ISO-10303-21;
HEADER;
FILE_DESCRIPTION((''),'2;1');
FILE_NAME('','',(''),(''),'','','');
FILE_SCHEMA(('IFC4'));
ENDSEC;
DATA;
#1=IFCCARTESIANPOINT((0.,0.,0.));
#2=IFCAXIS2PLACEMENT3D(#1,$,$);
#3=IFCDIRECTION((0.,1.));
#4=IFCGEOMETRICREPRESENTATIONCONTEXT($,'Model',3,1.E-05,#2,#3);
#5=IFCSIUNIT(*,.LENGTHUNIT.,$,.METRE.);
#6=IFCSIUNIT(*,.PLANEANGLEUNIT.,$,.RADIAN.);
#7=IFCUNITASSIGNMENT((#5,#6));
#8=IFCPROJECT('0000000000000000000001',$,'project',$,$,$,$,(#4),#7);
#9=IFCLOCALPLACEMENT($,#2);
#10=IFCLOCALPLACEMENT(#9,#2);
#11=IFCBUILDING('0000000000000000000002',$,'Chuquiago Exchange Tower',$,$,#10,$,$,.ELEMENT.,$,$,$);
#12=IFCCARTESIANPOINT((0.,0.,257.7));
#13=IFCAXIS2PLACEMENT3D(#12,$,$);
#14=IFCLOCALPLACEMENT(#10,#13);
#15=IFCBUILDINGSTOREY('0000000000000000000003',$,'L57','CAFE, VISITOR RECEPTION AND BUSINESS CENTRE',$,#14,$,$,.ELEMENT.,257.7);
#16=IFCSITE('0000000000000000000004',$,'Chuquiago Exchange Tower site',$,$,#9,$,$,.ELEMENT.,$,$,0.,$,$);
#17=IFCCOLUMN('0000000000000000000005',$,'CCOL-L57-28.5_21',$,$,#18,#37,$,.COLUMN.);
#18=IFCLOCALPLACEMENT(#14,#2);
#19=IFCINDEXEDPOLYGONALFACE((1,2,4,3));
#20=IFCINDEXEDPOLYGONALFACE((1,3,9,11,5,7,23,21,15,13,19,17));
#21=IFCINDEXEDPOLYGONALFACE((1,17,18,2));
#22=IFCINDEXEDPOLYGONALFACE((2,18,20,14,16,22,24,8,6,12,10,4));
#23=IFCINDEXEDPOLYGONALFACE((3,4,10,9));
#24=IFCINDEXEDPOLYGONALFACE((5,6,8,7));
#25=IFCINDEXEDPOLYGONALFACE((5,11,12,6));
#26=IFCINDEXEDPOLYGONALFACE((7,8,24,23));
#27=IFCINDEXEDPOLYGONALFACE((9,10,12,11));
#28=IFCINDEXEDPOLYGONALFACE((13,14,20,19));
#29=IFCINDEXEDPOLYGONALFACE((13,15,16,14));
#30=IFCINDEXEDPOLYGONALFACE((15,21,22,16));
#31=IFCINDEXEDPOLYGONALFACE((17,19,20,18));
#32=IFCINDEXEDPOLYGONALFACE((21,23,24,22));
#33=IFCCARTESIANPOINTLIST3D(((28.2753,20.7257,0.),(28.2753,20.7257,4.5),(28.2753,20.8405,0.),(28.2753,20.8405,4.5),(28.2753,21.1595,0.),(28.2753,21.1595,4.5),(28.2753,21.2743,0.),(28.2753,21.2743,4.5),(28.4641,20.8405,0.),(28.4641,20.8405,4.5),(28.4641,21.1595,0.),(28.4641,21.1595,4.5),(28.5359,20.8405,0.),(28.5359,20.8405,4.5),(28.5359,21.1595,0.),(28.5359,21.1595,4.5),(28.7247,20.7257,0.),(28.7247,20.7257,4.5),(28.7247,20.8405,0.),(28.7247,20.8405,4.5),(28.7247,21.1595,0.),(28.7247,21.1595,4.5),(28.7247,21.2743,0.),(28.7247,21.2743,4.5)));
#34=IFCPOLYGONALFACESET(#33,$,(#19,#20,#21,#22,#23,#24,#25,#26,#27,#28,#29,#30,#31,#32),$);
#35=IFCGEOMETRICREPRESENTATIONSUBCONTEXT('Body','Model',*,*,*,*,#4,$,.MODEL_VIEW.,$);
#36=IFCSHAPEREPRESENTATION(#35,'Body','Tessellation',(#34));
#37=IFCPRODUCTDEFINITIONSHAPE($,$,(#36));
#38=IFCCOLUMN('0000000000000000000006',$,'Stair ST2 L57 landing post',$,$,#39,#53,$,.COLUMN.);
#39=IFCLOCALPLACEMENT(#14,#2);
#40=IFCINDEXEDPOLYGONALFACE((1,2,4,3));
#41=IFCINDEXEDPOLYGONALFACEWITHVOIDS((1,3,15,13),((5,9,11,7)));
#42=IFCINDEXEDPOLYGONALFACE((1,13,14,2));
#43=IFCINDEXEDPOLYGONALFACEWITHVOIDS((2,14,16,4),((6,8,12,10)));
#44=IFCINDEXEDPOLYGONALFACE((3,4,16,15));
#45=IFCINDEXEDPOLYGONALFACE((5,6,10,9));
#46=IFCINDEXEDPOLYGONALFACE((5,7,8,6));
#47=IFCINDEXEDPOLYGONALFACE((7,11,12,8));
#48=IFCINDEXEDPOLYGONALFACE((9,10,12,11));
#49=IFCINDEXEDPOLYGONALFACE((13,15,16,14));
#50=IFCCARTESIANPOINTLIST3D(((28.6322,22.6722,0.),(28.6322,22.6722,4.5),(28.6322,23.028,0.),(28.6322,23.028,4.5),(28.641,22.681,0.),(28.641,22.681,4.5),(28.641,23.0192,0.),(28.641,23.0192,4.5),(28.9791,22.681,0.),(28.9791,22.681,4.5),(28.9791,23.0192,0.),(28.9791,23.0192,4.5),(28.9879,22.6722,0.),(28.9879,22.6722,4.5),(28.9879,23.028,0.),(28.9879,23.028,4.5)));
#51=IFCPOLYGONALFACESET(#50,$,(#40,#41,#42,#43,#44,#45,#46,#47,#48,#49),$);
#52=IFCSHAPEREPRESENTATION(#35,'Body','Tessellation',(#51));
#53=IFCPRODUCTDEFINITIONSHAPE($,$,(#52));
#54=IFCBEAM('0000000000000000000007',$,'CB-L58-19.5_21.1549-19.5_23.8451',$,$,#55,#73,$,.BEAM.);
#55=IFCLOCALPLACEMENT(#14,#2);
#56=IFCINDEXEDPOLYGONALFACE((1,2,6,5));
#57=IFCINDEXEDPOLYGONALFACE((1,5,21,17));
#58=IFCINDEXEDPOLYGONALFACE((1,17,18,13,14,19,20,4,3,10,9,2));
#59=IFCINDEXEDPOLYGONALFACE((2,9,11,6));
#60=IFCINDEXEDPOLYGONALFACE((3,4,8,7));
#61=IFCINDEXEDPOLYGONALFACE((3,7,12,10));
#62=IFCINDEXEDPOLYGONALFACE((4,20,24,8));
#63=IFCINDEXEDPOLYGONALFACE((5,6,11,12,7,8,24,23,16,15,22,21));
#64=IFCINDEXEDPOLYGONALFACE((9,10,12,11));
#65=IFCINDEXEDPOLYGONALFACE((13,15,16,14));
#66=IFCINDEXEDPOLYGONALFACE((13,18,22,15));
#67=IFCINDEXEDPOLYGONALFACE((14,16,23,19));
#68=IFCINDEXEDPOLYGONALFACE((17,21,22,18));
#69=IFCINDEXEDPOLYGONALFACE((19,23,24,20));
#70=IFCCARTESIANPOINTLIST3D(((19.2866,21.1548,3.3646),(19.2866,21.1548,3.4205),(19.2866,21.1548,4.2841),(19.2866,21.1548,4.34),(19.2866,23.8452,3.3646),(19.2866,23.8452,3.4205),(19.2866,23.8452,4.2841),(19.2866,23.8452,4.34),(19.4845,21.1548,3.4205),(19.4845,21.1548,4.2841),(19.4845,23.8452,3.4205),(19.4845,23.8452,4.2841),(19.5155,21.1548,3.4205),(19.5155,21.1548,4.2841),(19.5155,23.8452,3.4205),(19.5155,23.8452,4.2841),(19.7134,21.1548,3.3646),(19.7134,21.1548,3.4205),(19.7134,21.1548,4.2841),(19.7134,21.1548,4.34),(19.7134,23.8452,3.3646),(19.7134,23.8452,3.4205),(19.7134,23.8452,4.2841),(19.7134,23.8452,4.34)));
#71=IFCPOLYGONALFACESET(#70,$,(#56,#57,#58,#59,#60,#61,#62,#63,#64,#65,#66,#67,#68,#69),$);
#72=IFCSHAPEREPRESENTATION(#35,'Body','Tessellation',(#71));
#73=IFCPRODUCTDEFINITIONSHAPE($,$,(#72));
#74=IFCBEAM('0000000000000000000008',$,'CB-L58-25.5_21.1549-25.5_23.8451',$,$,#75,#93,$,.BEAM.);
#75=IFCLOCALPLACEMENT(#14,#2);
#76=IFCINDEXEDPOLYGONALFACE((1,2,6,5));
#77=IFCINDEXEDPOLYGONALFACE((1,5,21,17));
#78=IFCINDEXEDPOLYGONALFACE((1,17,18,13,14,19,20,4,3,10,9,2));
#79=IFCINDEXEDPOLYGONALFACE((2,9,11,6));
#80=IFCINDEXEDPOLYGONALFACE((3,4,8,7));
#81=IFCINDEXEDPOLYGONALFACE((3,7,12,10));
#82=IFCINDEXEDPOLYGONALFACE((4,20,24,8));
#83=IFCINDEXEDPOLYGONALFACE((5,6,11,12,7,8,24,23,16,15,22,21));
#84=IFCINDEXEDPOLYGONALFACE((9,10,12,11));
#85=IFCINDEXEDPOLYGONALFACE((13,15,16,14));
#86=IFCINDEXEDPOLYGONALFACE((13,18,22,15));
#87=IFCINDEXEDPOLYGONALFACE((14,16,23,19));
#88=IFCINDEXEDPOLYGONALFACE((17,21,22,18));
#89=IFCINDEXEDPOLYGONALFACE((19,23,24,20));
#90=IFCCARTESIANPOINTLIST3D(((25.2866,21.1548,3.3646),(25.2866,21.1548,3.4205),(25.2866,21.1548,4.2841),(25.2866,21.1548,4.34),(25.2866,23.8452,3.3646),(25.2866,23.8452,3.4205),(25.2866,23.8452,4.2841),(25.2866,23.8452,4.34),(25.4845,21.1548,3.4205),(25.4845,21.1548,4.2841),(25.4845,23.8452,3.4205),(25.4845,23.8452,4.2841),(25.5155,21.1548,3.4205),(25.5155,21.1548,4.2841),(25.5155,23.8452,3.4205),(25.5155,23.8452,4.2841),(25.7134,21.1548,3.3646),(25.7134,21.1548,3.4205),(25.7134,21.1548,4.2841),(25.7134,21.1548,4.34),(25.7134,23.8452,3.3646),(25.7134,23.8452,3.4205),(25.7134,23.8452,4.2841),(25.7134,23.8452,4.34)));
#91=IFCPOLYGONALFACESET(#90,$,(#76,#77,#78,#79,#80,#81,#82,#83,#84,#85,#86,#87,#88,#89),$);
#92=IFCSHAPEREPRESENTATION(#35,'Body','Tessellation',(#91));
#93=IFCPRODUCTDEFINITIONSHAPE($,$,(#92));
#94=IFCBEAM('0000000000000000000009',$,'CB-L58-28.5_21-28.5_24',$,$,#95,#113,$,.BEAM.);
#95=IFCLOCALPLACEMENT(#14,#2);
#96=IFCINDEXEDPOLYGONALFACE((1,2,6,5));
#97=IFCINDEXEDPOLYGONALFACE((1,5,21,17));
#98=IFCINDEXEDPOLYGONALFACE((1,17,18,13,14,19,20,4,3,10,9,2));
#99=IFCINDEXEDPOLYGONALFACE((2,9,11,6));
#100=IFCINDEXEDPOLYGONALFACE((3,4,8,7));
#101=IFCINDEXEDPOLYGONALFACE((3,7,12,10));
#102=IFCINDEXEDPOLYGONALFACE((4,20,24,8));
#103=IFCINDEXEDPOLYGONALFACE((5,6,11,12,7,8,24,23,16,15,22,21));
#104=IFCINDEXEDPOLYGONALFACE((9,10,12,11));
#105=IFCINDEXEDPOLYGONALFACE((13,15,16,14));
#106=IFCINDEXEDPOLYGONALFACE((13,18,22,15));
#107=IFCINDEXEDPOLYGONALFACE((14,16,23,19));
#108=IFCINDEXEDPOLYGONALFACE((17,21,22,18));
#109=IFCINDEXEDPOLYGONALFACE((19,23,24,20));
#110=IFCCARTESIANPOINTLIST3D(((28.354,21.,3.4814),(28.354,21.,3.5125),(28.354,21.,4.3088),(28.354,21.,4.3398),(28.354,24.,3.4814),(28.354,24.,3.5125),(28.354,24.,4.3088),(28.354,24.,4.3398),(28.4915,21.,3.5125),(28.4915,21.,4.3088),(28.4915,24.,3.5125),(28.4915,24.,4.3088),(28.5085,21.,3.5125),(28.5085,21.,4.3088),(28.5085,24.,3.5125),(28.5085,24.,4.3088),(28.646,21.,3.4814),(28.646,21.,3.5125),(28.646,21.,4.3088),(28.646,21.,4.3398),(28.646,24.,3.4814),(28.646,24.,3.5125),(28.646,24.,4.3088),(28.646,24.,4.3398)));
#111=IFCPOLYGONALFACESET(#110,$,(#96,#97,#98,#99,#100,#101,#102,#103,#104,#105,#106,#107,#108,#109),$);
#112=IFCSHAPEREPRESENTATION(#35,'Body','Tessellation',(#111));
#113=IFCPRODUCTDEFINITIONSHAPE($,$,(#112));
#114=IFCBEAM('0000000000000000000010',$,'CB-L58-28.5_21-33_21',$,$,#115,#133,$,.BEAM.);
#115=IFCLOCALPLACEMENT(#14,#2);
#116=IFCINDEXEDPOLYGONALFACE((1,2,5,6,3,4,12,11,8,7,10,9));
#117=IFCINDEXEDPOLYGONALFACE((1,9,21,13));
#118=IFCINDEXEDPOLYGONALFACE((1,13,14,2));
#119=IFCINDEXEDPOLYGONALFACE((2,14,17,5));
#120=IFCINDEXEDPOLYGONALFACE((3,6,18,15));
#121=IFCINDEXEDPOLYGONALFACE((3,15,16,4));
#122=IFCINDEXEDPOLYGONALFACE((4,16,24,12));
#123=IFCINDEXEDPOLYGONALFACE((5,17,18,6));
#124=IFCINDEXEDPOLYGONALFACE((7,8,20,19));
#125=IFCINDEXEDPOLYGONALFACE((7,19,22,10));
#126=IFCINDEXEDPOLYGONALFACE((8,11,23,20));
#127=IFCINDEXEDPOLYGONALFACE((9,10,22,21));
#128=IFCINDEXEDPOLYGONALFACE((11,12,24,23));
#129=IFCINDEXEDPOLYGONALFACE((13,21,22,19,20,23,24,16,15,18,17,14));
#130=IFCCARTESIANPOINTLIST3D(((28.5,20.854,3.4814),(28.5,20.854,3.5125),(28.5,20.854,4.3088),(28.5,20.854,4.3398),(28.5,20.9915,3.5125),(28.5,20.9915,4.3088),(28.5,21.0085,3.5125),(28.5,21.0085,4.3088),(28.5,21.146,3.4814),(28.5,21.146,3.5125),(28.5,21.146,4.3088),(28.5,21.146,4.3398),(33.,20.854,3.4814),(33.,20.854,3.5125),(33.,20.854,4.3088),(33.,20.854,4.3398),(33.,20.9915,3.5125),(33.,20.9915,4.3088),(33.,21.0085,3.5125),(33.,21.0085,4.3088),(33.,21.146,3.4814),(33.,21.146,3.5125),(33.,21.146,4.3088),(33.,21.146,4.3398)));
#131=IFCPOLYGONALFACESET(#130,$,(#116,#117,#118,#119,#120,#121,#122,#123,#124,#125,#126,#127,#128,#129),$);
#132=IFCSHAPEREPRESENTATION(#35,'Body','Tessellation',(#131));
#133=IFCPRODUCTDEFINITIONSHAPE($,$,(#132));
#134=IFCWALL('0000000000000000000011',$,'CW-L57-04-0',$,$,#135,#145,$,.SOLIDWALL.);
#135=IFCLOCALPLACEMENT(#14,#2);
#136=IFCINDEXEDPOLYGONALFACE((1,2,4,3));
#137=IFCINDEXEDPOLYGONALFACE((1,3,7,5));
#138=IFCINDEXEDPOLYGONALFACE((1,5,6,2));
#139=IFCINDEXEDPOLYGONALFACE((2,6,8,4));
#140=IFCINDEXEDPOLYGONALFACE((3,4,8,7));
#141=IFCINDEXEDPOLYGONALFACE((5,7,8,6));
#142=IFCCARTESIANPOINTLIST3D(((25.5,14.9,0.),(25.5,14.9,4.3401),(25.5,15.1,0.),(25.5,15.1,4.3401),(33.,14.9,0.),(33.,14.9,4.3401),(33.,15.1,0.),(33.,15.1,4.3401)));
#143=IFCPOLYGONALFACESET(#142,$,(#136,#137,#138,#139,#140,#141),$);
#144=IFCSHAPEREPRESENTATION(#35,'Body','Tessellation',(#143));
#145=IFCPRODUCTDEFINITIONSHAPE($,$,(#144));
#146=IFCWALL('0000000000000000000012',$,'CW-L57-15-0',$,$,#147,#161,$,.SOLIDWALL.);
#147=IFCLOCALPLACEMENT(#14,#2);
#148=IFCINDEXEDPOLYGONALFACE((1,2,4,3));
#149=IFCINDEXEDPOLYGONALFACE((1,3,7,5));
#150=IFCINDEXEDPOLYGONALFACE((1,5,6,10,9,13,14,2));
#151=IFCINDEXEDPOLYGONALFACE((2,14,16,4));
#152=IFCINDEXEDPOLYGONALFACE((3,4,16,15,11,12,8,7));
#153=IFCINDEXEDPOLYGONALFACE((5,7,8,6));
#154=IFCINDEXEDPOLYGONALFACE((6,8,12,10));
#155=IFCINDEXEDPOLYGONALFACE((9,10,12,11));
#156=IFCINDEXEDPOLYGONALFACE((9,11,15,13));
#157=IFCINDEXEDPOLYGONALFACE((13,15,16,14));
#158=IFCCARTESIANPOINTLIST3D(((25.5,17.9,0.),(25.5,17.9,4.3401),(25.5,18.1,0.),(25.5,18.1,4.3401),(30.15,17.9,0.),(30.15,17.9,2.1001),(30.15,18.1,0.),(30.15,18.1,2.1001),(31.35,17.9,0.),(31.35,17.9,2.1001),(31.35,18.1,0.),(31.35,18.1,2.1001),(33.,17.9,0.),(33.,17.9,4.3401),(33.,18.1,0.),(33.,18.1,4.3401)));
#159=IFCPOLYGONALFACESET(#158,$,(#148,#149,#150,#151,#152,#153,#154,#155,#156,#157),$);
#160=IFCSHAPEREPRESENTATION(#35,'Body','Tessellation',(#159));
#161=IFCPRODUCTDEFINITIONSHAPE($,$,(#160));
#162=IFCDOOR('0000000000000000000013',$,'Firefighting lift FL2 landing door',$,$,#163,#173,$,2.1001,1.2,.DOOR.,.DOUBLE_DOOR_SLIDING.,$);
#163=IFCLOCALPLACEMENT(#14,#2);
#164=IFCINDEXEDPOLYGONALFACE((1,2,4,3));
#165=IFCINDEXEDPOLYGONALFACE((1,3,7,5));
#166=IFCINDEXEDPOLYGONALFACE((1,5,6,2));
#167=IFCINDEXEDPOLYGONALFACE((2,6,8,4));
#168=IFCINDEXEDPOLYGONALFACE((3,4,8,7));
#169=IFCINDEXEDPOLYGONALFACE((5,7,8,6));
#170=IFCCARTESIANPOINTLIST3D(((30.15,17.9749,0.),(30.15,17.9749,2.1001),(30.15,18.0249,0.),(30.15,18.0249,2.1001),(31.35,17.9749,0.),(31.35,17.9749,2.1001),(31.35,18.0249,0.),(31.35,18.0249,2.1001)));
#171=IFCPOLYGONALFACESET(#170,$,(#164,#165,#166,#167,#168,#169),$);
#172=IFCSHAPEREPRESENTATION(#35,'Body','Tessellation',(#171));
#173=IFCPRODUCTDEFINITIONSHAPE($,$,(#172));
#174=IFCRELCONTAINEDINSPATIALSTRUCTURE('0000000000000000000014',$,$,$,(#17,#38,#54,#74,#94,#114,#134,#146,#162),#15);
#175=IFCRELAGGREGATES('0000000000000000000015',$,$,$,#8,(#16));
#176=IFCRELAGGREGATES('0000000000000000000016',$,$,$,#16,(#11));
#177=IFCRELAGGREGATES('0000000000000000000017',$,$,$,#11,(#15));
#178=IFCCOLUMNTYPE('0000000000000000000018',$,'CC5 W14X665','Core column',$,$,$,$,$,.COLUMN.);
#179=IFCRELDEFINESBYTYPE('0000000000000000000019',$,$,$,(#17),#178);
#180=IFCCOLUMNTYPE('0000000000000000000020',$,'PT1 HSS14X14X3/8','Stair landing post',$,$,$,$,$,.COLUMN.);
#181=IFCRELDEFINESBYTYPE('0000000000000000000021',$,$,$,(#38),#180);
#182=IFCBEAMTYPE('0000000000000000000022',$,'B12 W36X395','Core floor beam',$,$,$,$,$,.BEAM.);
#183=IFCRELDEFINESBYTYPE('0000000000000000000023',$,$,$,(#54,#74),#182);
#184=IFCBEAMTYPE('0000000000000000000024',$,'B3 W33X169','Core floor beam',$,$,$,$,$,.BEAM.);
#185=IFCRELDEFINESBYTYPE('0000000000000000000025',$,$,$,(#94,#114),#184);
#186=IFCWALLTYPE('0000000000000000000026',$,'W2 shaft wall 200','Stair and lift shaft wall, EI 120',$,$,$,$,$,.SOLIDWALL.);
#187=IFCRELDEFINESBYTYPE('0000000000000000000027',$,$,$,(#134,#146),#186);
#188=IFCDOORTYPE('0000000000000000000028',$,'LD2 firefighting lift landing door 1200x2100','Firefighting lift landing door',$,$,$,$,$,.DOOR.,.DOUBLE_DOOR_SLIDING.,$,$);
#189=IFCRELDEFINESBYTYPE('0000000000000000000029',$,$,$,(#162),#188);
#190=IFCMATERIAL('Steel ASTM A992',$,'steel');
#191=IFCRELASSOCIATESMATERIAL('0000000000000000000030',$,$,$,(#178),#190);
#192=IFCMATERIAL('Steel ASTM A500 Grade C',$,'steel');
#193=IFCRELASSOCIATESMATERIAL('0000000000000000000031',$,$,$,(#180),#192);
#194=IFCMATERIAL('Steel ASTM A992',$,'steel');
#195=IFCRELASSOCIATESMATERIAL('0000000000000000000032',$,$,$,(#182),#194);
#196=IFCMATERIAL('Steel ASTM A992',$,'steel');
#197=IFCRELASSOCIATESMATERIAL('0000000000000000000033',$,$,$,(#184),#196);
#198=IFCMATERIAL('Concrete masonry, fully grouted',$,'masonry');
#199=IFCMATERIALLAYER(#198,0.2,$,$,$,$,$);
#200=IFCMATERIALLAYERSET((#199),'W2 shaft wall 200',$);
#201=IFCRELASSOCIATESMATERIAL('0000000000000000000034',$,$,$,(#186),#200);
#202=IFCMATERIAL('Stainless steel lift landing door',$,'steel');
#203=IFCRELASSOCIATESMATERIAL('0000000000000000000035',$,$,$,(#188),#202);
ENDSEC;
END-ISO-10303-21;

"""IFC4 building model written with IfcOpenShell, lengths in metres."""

from ifc_helpers import new_model, si_unit, direction, frame, frame_2d, origin, origin_2d, place, context, subcontext, project, spatial, rectangle, hollow_rectangle, i_section, extrude, material, layer, layer_set, material_profile, profile_set, type_object, element, fill, save


model = new_model("IFC4")

# Units and contexts
model_context = context("Model", 3, precision=1e-05, world=origin(), true_north=direction((0.0, 1.0)))
body_context = subcontext(model_context, "Body", "Model", "MODEL_VIEW")
ifc_project = project(units=[si_unit("LENGTHUNIT", "METRE"), si_unit("PLANEANGLEUNIT", "RADIAN")], contexts=[model_context])

# Site, building, storey
site_placement = place(None, origin())
site = spatial("IfcSite", under=ifc_project, at=site_placement, Name="Chuquiago Exchange Tower site", CompositionType="ELEMENT", RefElevation=0.0)
building_placement = place(site_placement, origin())
building = spatial("IfcBuilding", under=site, at=building_placement, Name="Chuquiago Exchange Tower", CompositionType="ELEMENT")
storey_placement = place(building_placement, frame((0.0, 0.0, 257.7)))
storey = spatial("IfcBuildingStorey", under=building, at=storey_placement, Name="L57", Description="CAFE, VISITOR RECEPTION AND BUSINESS CENTRE", CompositionType="ELEMENT", Elevation=257.7)

# Columns
ifc_material_1 = material(Name="Steel ASTM A992", Category="steel")
ifc_material_profile_1 = material_profile(ifc_material_1, i_section(OverallWidth=0.4495, OverallDepth=0.5486, WebThickness=0.0718, FlangeThickness=0.1147, at=origin_2d()), Name="W14X665")
ifc_profile_set_1 = profile_set([ifc_material_profile_1], Name="Steel ASTM A992")
column_type_1 = type_object("IfcColumnType", Name="CC5 W14X665", Description="Core column", PredefinedType="COLUMN", material=ifc_profile_set_1)
column_1_placement = place(storey_placement, frame((28.5, 21.0, 0.0), z_axis=(0.0, 0.0, 1.0), x_axis=(1.0, 0.0, 0.0)))
element("IfcColumn", 1, at=column_1_placement, inside=storey, type_object=column_type_1, Name="CCOL-L57-28.5_21", PredefinedType="COLUMN", context=body_context, shape_type="SweptSolid", body=[
    extrude(i_section(OverallWidth=0.4495, OverallDepth=0.5486, WebThickness=0.0718, FlangeThickness=0.1147, at=origin_2d()), origin(), (0.0, 0.0, 1.0), 4.5),
])
ifc_material_2 = material(Name="Steel ASTM A500 Grade C", Category="steel")
ifc_material_profile_2 = material_profile(ifc_material_2, hollow_rectangle(XDim=0.3557, YDim=0.3557, WallThickness=0.0088, at=origin_2d()), Name="HSS14X14X3/8")
ifc_profile_set_2 = profile_set([ifc_material_profile_2], Name="Steel ASTM A500 Grade C")
column_type_2 = type_object("IfcColumnType", Name="PT1 HSS14X14X3/8", Description="Stair landing post", PredefinedType="COLUMN", material=ifc_profile_set_2)
column_2_placement = place(storey_placement, frame((28.8101, 22.8501, 0.0), z_axis=(0.0, 0.0, 1.0), x_axis=(1.0, 0.0, 0.0)))
element("IfcColumn", 2, at=column_2_placement, inside=storey, type_object=column_type_2, Name="Stair ST2 L57 landing post", PredefinedType="COLUMN", context=body_context, shape_type="SweptSolid", body=[
    extrude(hollow_rectangle(XDim=0.3557, YDim=0.3557, WallThickness=0.0088, at=origin_2d()), origin(), (0.0, 0.0, 1.0), 4.5),
])

# Beams
ifc_material_3 = material(Name="Steel ASTM A992", Category="steel")
ifc_material_profile_3 = material_profile(ifc_material_3, i_section(OverallWidth=0.4268, OverallDepth=0.9753, WebThickness=0.031, FlangeThickness=0.0559, at=origin_2d()), Name="W36X395")
ifc_profile_set_3 = profile_set([ifc_material_profile_3], Name="Steel ASTM A992")
beam_type_1 = type_object("IfcBeamType", Name="B12 W36X395", Description="Core floor beam", PredefinedType="BEAM", material=ifc_profile_set_3)
for number, where, z_axis, x_axis, name in (
    (3, (19.5, 21.1548, 3.8523), (0.0, 1.0, 0.0), (-1.0, 0.0, 0.0), "CB-L58-19.5_21.1549-19.5_23.8451"),
    (4, (25.5, 21.1548, 3.8523), (0.0, 1.0, 0.0), (-1.0, 0.0, 0.0), "CB-L58-25.5_21.1549-25.5_23.8451"),
):
    element("IfcBeam", number, at=place(storey_placement, frame(where, z_axis=z_axis, x_axis=x_axis)), inside=storey, type_object=beam_type_1, Name=name, PredefinedType="BEAM", context=body_context, shape_type="SweptSolid", body=[
        extrude(i_section(OverallWidth=0.4268, OverallDepth=0.9753, WebThickness=0.031, FlangeThickness=0.0559, at=origin_2d()), origin(), (0.0, 0.0, 1.0), 2.6904),
    ])
ifc_material_4 = material(Name="Steel ASTM A992", Category="steel")
ifc_material_profile_4 = material_profile(ifc_material_4, i_section(OverallWidth=0.292, OverallDepth=0.8584, WebThickness=0.0171, FlangeThickness=0.031, at=origin_2d()), Name="W33X169")
ifc_profile_set_4 = profile_set([ifc_material_profile_4], Name="Steel ASTM A992")
beam_type_2 = type_object("IfcBeamType", Name="B3 W33X169", Description="Core floor beam", PredefinedType="BEAM", material=ifc_profile_set_4)
beam_1_placement = place(storey_placement, frame((28.5, 21.0, 3.9106), z_axis=(0.0, 1.0, 0.0), x_axis=(-1.0, 0.0, 0.0)))
element("IfcBeam", 5, at=beam_1_placement, inside=storey, type_object=beam_type_2, Name="CB-L58-28.5_21-28.5_24", PredefinedType="BEAM", context=body_context, shape_type="SweptSolid", body=[
    extrude(i_section(OverallWidth=0.292, OverallDepth=0.8584, WebThickness=0.0171, FlangeThickness=0.031, at=origin_2d()), origin(), (0.0, 0.0, 1.0), 3.0),
])
beam_2_placement = place(storey_placement, frame((28.5, 21.0, 3.9106), z_axis=(1.0, 0.0, 0.0), x_axis=(0.0, 1.0, 0.0)))
element("IfcBeam", 6, at=beam_2_placement, inside=storey, type_object=beam_type_2, Name="CB-L58-28.5_21-33_21", PredefinedType="BEAM", context=body_context, shape_type="SweptSolid", body=[
    extrude(i_section(OverallWidth=0.292, OverallDepth=0.8584, WebThickness=0.0171, FlangeThickness=0.031, at=origin_2d()), origin(), (0.0, 0.0, 1.0), 4.5),
])

# Wall
ifc_material_5 = material(Name="Concrete masonry, fully grouted", Category="masonry")
ifc_layer_1 = layer(ifc_material_5, 0.2)
ifc_layer_set_1 = layer_set([ifc_layer_1], Name="W2 shaft wall 200")
wall_type_1 = type_object("IfcWallType", Name="W2 shaft wall 200", Description="Stair and lift shaft wall, EI 120", PredefinedType="SOLIDWALL", material=ifc_layer_set_1)
wall_1_placement = place(storey_placement, frame((25.5, 15.0, 0.0), z_axis=(0.0, 0.0, 1.0), x_axis=(1.0, 0.0, 0.0)))
element("IfcWall", 7, at=wall_1_placement, inside=storey, type_object=wall_type_1, Name="CW-L57-04-0", PredefinedType="SOLIDWALL", context=body_context, shape_type="SweptSolid", body=[
    extrude(rectangle(XDim=7.5, YDim=0.2, at=frame_2d((3.75, 0.0))), origin(), (0.0, 0.0, 1.0), 4.3401),
])

# Wall, opening, door
wall_2_placement = place(storey_placement, frame((25.5, 18.0, 0.0), z_axis=(0.0, 0.0, 1.0), x_axis=(1.0, 0.0, 0.0)))
wall_2 = element("IfcWall", 8, at=wall_2_placement, inside=storey, type_object=wall_type_1, Name="CW-L57-15-0", PredefinedType="SOLIDWALL", context=body_context, shape_type="SweptSolid", body=[
    extrude(rectangle(XDim=7.5, YDim=0.2, at=frame_2d((3.75, 0.0))), origin(), (0.0, 0.0, 1.0), 4.3401),
])
opening_1_placement = place(wall_2_placement, frame((4.6499, 0.0, 0.0)))
opening_1 = element("IfcOpeningElement", 9, at=opening_1_placement, cuts=wall_2, PredefinedType="OPENING", context=body_context, shape_type="SweptSolid", body=[
    extrude(rectangle(XDim=1.2, YDim=2.1001, at=frame_2d((0.6001, 1.05))), frame((0.0, 0.1099, 0.0), z_axis=(0.0, -1.0, 0.0), x_axis=(1.0, 0.0, 0.0)), (0.0, 0.0, 1.0), 0.22),
])
ifc_material_6 = material(Name="Stainless steel lift landing door", Category="steel")
door_type_1 = type_object("IfcDoorType", Name="LD2 firefighting lift landing door 1200x2100", Description="Firefighting lift landing door", OperationType="DOUBLE_DOOR_SLIDING", PredefinedType="DOOR", material=ifc_material_6)
door_1_placement = place(opening_1_placement, origin())
door_1 = element("IfcDoor", 10, at=door_1_placement, inside=storey, type_object=door_type_1, Name="Firefighting lift FL2 landing door", OperationType="DOUBLE_DOOR_SLIDING", OverallHeight=2.1001, OverallWidth=1.2, PredefinedType="DOOR", context=body_context, shape_type="SweptSolid", body=[
    extrude(rectangle(XDim=1.2, YDim=2.1001, at=frame_2d((0.6001, 1.05))), frame((0.0, 0.0249, 0.0), z_axis=(0.0, -1.0, 0.0), x_axis=(1.0, 0.0, 0.0)), (0.0, 0.0, 1.0), 0.05),
])
fill(opening_1, door_1)

save(model, "model.ifc")
